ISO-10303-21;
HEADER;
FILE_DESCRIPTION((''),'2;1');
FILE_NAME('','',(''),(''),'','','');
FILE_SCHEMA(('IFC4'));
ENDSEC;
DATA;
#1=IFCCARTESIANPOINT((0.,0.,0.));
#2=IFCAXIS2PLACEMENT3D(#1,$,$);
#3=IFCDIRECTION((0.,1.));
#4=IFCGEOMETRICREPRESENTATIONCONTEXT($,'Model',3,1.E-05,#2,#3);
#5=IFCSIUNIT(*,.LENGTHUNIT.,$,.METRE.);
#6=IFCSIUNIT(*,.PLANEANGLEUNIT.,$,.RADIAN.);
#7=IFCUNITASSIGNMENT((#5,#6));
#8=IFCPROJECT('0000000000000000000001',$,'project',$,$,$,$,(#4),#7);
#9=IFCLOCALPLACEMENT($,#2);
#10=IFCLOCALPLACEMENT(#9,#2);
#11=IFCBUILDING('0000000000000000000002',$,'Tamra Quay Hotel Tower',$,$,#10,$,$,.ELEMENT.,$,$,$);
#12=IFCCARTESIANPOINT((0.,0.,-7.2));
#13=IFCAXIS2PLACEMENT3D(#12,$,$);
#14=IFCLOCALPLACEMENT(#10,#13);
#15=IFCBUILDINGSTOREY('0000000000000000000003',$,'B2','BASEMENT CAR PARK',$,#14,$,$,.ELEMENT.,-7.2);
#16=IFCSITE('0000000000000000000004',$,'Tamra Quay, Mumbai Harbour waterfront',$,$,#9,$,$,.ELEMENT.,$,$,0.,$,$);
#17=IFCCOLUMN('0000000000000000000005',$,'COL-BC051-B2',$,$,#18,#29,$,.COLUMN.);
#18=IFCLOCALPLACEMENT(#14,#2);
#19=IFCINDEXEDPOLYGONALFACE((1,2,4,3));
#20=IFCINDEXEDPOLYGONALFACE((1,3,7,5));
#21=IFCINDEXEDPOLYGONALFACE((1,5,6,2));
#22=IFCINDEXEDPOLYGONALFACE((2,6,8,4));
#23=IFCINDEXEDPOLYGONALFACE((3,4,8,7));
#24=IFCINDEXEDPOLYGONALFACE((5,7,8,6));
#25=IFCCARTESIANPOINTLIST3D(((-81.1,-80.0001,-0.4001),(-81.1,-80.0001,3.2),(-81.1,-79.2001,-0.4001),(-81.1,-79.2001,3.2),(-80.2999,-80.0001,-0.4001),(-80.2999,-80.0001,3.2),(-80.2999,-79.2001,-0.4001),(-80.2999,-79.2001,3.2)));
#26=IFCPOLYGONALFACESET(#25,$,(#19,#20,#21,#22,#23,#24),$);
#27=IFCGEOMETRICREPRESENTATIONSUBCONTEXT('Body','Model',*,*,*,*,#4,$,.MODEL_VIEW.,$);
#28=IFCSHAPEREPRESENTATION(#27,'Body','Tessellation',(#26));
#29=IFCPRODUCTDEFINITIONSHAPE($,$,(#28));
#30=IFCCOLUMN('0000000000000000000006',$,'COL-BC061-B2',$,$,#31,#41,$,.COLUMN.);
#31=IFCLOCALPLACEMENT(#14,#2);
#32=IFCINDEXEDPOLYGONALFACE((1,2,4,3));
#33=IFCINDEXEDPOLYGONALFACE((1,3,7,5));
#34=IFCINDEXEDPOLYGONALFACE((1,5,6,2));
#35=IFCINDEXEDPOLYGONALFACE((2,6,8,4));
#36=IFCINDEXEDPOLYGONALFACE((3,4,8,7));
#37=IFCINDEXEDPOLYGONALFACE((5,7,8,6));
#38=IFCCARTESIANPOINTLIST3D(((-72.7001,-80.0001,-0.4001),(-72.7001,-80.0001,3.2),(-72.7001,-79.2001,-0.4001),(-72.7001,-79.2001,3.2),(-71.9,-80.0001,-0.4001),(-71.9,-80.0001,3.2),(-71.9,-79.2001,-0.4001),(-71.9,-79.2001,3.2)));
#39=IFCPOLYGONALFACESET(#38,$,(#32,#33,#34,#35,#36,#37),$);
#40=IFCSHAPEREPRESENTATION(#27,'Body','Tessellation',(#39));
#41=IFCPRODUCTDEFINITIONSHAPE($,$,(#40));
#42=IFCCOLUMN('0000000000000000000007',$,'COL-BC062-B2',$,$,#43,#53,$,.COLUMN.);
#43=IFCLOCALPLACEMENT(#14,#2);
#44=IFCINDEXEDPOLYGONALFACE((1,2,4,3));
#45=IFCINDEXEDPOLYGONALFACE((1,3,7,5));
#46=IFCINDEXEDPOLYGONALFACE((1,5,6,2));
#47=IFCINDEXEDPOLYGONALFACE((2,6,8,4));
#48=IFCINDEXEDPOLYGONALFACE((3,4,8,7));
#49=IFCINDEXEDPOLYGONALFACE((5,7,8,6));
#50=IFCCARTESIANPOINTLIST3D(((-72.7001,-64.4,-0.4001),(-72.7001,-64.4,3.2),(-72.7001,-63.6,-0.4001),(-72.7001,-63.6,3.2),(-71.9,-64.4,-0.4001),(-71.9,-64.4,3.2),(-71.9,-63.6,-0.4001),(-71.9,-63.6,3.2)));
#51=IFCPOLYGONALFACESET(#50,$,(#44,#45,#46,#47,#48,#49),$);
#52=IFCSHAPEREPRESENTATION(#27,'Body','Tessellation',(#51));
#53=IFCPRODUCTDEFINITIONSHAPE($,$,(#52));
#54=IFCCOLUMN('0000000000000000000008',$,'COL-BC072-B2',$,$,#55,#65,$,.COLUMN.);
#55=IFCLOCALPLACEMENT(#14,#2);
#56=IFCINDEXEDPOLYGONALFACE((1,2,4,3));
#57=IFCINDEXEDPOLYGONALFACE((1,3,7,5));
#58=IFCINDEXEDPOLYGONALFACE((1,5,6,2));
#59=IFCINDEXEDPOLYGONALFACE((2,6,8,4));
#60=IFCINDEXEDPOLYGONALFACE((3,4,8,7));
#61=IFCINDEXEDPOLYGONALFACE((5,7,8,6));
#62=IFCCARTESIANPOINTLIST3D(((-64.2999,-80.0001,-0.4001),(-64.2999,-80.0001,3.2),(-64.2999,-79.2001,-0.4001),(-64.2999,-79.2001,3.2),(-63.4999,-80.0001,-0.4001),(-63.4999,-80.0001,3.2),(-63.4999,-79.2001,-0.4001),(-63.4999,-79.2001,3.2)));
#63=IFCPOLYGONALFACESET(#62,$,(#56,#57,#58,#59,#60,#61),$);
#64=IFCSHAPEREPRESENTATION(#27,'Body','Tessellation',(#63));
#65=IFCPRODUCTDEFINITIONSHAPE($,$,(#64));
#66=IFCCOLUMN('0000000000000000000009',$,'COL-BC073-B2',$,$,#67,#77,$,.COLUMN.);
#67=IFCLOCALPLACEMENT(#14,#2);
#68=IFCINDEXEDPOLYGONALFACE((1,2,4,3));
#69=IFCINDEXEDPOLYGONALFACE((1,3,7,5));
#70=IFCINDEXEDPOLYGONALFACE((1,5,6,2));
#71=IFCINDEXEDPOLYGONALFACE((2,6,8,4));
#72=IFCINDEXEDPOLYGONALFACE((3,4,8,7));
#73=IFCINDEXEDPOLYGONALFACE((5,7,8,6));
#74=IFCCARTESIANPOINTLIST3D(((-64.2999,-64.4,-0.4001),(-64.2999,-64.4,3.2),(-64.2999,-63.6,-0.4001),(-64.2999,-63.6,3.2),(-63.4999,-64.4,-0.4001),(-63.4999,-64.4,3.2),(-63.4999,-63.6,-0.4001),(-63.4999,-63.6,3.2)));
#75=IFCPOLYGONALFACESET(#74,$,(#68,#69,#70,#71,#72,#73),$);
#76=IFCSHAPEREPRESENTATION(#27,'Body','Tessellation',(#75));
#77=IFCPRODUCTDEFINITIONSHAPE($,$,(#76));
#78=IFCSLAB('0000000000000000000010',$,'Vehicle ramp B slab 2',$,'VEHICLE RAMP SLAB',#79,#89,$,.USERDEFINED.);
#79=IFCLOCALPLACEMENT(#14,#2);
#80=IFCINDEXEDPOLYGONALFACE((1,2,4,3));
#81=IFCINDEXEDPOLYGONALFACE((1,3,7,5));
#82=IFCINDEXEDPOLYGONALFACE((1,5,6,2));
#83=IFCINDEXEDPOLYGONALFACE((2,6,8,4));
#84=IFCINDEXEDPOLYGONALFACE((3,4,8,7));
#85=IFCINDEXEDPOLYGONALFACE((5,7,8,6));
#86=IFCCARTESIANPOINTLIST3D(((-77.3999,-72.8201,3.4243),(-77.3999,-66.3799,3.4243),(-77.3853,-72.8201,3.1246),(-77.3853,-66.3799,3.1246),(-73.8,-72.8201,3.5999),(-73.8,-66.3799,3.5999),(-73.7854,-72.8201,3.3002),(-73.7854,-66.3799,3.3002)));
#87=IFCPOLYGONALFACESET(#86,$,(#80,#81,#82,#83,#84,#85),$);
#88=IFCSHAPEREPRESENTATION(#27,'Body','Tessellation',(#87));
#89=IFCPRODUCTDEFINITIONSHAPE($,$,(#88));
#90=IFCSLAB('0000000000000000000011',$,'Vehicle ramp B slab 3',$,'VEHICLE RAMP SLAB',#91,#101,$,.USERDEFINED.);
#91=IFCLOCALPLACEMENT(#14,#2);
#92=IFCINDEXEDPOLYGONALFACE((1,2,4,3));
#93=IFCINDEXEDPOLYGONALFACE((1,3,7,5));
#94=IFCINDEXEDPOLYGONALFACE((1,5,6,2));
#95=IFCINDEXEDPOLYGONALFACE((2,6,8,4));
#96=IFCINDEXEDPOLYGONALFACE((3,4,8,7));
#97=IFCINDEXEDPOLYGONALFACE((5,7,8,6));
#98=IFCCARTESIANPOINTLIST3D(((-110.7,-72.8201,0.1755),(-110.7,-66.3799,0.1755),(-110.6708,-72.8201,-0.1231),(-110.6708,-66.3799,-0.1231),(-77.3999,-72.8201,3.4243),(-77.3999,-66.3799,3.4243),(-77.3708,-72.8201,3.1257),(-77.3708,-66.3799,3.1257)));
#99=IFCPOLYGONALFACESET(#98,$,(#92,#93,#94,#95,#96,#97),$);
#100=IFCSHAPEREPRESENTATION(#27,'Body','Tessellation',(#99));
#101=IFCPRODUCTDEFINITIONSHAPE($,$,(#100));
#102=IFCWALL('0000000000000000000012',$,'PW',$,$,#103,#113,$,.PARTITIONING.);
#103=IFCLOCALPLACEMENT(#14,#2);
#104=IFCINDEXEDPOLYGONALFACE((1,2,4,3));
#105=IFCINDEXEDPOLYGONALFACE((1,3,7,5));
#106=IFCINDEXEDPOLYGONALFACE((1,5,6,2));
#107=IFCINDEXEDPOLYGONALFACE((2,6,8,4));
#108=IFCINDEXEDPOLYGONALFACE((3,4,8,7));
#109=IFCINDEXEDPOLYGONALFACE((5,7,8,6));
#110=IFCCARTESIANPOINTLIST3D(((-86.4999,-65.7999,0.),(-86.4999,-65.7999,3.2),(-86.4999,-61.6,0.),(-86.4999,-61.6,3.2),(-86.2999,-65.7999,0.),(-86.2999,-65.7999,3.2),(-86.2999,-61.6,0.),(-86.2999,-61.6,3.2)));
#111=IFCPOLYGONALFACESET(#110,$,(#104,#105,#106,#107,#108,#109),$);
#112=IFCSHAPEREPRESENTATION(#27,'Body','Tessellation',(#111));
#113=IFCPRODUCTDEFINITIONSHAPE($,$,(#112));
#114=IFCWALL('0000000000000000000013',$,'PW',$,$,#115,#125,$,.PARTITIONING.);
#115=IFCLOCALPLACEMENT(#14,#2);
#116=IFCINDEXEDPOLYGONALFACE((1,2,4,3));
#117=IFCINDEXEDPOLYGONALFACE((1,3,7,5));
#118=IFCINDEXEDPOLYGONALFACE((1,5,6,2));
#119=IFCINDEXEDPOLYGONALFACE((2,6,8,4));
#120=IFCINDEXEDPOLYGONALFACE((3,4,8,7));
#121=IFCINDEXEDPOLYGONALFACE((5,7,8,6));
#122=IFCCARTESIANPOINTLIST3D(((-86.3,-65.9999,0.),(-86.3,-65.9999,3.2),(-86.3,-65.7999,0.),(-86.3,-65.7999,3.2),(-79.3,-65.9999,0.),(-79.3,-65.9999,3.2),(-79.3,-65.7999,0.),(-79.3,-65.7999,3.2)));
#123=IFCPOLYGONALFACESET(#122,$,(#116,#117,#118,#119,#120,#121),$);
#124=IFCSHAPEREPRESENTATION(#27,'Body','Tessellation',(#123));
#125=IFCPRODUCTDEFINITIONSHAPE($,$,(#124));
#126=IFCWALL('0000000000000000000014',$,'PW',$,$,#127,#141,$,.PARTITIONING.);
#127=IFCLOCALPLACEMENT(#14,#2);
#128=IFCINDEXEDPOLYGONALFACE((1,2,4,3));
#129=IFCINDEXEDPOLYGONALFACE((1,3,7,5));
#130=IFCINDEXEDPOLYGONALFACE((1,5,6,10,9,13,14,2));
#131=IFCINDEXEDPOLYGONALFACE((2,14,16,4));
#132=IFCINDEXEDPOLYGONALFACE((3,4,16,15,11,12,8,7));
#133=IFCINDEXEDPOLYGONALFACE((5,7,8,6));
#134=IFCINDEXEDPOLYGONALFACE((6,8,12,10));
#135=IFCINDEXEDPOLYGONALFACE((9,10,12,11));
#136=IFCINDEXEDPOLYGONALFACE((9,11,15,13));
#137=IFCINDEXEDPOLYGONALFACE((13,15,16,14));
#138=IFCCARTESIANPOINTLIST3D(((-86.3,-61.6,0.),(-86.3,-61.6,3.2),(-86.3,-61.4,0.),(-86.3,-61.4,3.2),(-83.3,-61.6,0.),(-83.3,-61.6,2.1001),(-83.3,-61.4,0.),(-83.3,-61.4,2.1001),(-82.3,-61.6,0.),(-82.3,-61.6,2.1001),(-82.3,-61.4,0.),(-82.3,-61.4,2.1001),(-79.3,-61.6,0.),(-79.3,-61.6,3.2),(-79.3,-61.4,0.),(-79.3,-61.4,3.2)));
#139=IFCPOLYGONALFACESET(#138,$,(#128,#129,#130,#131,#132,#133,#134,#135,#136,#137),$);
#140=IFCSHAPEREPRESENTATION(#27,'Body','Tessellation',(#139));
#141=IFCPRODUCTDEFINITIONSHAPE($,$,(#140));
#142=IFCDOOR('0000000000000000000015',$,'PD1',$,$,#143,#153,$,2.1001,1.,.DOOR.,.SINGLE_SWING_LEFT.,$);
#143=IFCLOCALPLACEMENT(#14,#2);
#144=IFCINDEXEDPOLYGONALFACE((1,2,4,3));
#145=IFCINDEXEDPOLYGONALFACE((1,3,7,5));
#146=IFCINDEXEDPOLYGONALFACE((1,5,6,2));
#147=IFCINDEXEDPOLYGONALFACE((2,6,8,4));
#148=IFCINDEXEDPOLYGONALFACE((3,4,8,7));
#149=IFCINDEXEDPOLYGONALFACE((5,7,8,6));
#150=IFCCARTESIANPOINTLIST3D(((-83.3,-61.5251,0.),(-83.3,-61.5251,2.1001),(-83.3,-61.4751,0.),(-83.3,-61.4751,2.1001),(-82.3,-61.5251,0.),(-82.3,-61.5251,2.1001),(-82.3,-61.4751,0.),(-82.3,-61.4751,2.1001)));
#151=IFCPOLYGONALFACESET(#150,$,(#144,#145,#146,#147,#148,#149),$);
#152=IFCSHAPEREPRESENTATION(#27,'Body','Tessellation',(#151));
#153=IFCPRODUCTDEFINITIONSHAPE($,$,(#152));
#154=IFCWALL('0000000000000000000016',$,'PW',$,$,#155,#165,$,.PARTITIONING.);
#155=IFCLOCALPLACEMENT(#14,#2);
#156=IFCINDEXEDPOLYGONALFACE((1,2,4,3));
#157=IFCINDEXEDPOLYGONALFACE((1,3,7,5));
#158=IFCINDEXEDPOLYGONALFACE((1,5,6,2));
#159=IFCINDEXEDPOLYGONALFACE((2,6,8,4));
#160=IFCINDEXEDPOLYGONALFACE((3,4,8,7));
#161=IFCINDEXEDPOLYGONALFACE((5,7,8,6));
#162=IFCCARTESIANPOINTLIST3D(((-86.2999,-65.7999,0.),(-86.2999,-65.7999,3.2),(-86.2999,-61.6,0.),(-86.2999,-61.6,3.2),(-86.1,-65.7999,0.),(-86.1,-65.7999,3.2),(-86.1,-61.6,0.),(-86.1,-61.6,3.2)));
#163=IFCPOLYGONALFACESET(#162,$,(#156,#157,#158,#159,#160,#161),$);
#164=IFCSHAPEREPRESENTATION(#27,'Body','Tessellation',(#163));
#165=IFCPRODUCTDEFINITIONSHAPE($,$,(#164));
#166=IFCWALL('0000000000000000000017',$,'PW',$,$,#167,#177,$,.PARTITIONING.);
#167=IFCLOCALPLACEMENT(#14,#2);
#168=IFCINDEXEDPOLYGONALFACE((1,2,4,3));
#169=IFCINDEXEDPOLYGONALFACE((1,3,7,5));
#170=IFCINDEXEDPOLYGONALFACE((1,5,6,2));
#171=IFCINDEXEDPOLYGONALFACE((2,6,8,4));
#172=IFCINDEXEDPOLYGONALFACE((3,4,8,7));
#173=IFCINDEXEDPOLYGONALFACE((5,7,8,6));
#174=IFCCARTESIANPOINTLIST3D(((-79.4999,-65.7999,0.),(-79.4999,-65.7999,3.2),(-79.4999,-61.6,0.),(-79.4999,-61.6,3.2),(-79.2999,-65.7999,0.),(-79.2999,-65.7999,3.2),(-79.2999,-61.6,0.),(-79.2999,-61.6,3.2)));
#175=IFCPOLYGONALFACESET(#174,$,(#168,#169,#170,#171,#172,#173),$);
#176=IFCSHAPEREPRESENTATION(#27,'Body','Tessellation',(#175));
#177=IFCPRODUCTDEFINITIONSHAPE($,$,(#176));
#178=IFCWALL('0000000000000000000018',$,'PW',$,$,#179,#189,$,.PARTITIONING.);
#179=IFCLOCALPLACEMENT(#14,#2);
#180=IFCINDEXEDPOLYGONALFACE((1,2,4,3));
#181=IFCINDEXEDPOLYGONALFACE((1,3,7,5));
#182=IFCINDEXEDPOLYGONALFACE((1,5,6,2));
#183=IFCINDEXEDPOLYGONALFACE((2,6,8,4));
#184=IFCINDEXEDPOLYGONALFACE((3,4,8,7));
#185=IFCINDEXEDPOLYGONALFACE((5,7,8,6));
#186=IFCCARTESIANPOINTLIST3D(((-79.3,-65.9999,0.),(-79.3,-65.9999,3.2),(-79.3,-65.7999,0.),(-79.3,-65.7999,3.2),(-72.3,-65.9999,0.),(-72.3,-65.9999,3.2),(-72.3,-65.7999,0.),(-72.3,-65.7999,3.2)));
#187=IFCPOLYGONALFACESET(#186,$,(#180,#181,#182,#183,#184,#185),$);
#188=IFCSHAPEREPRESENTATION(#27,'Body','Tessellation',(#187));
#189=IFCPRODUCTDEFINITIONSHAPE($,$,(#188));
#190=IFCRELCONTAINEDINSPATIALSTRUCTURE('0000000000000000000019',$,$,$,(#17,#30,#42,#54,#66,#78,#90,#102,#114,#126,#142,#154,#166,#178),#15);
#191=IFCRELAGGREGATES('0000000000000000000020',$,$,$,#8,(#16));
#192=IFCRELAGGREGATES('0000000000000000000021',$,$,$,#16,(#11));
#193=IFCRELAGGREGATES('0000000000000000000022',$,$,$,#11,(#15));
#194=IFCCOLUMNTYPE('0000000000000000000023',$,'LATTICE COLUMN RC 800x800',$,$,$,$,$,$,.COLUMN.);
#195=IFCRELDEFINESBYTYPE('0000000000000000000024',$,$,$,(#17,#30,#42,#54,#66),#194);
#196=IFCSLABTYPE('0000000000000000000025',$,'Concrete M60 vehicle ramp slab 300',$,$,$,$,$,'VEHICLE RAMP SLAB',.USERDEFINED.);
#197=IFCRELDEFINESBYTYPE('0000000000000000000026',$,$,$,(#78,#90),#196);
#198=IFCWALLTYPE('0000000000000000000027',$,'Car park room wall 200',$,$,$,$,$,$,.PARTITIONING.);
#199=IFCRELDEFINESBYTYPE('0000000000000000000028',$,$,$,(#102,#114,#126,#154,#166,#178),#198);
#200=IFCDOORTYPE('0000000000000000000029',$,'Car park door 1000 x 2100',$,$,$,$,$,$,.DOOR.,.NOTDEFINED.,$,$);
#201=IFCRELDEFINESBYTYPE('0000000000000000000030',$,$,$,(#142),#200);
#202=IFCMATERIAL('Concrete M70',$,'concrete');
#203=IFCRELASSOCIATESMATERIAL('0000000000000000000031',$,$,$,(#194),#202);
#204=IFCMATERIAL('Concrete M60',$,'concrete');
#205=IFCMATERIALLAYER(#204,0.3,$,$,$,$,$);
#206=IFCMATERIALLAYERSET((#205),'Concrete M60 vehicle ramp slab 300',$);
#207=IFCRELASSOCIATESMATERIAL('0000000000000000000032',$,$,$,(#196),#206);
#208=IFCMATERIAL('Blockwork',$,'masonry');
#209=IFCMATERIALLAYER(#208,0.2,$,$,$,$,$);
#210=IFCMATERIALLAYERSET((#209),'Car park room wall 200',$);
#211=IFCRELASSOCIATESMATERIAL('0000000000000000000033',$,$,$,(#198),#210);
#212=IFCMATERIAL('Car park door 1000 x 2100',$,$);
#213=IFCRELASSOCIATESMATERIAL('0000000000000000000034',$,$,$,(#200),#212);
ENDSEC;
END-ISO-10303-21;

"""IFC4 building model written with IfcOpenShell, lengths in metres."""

from ifc_helpers import new_model, si_unit, direction, frame, frame_2d, origin, origin_2d, place, context, subcontext, project, spatial, polyline, rectangle, outline, extrude, material, layer, layer_set, material_profile, profile_set, type_object, element, fill, save


model = new_model("IFC4")

# Units and contexts
model_context = context("Model", 3, precision=1e-05, world=origin(), true_north=direction((0.0, 1.0)))
body_context = subcontext(model_context, "Body", "Model", "MODEL_VIEW")
ifc_project = project(units=[si_unit("LENGTHUNIT", "METRE"), si_unit("PLANEANGLEUNIT", "RADIAN")], contexts=[model_context])

# Site, building, storey
site_placement = place(None, origin())
site = spatial("IfcSite", under=ifc_project, at=site_placement, Name="Tamra Quay, Mumbai Harbour waterfront", CompositionType="ELEMENT", RefElevation=0.0)
building_placement = place(site_placement, origin())
building = spatial("IfcBuilding", under=site, at=building_placement, Name="Tamra Quay Hotel Tower", CompositionType="ELEMENT")
storey_placement = place(building_placement, frame((0.0, 0.0, -7.2)))
storey = spatial("IfcBuildingStorey", under=building, at=storey_placement, Name="B2", Description="BASEMENT CAR PARK", CompositionType="ELEMENT", Elevation=-7.2)

# Columns
ifc_material_1 = material(Name="Concrete M70", Category="concrete")
ifc_material_profile = material_profile(ifc_material_1, rectangle(XDim=0.8, YDim=0.8, at=origin_2d()), Name="LATTICE COLUMN RC 800x800")
ifc_profile_set = profile_set([ifc_material_profile], Name="Concrete M70")
column_type = type_object("IfcColumnType", Name="LATTICE COLUMN RC 800x800", PredefinedType="COLUMN", material=ifc_profile_set)
for number, where, z_axis, x_axis, name in (
    (1, (-80.7, -79.6001, -0.4001), (0.0, 0.0, 1.0), (1.0, 0.0, 0.0), "COL-BC051-B2"),
    (2, (-72.3, -79.6001, -0.4001), (0.0, 0.0, 1.0), (1.0, 0.0, 0.0), "COL-BC061-B2"),
    (3, (-72.3, -64.0, -0.4001), (0.0, 0.0, 1.0), (1.0, 0.0, 0.0), "COL-BC062-B2"),
    (4, (-63.8999, -79.6001, -0.4001), (0.0, 0.0, 1.0), (1.0, 0.0, 0.0), "COL-BC072-B2"),
    (5, (-63.8999, -64.0, -0.4001), (0.0, 0.0, 1.0), (1.0, 0.0, 0.0), "COL-BC073-B2"),
):
    element("IfcColumn", number, at=place(storey_placement, frame(where, z_axis=z_axis, x_axis=x_axis)), inside=storey, type_object=column_type, Name=name, PredefinedType="COLUMN", context=body_context, shape_type="SweptSolid", body=[
        extrude(rectangle(XDim=0.8, YDim=0.8, at=origin_2d()), origin(), (0.0, 0.0, 1.0), 3.6001),
    ])

# Slabs
ifc_material_2 = material(Name="Concrete M60", Category="concrete")
ifc_layer_1 = layer(ifc_material_2, 0.3)
ifc_layer_set_1 = layer_set([ifc_layer_1], Name="Concrete M60 vehicle ramp slab 300")
slab_type = type_object("IfcSlabType", Name="Concrete M60 vehicle ramp slab 300", ElementType="VEHICLE RAMP SLAB", PredefinedType="USERDEFINED", material=ifc_layer_set_1)
slab_1_placement = place(storey_placement, frame((-73.8, -72.8201, 3.5999), z_axis=(-0.048704, 0.0, 0.998813), x_axis=(-0.998813, 0.0, -0.048704)))
element("IfcSlab", 6, at=slab_1_placement, inside=storey, type_object=slab_type, Name="Vehicle ramp B slab 2", ObjectType="VEHICLE RAMP SLAB", PredefinedType="USERDEFINED", context=body_context, shape_type="SweptSolid", body=[
    extrude(outline(polyline([(0.0, 0.0), (3.6041, 0.0), (3.6041, -6.4402), (0.0, -6.4402), (0.0, 0.0)])), origin(), (0.0, 0.0, -1.0), 0.3),
])
slab_2_placement = place(storey_placement, frame((-77.3999, -72.8201, 3.4243), z_axis=(-0.0971, 0.0, 0.995275), x_axis=(-0.995275, 0.0, -0.0971)))
element("IfcSlab", 7, at=slab_2_placement, inside=storey, type_object=slab_type, Name="Vehicle ramp B slab 3", ObjectType="VEHICLE RAMP SLAB", PredefinedType="USERDEFINED", context=body_context, shape_type="SweptSolid", body=[
    extrude(outline(polyline([(0.0, 0.0), (33.4582, 0.0), (33.4582, -6.4402), (0.0, -6.4402), (0.0, 0.0)])), origin(), (0.0, 0.0, -1.0), 0.3),
])

# Walls
ifc_material_3 = material(Name="Blockwork", Category="masonry")
ifc_layer_2 = layer(ifc_material_3, 0.2)
ifc_layer_set_2 = layer_set([ifc_layer_2], Name="Car park room wall 200")
wall_type_1 = type_object("IfcWallType", Name="Car park room wall 200", PredefinedType="PARTITIONING", material=ifc_layer_set_2)
wall_1_placement = place(storey_placement, frame((-86.3999, -65.8, 0.0), z_axis=(0.0, 0.0, 1.0), x_axis=(0.0, 1.0, 0.0)))
element("IfcWall", 8, at=wall_1_placement, inside=storey, type_object=wall_type_1, Name="PW", PredefinedType="PARTITIONING", context=body_context, shape_type="SweptSolid", body=[
    extrude(rectangle(XDim=4.2, YDim=0.2, at=frame_2d((2.1001, 0.0))), origin(), (0.0, 0.0, 1.0), 3.2),
])
wall_2_placement = place(storey_placement, frame((-86.3, -65.8999, 0.0), z_axis=(0.0, 0.0, 1.0), x_axis=(1.0, 0.0, 0.0)))
element("IfcWall", 9, at=wall_2_placement, inside=storey, type_object=wall_type_1, Name="PW", PredefinedType="PARTITIONING", context=body_context, shape_type="SweptSolid", body=[
    extrude(rectangle(XDim=7.0, YDim=0.2, at=frame_2d((3.5, 0.0))), origin(), (0.0, 0.0, 1.0), 3.2),
])

# Wall, opening, door
wall_3_placement = place(storey_placement, frame((-86.3, -61.5, 0.0), z_axis=(0.0, 0.0, 1.0), x_axis=(1.0, 0.0, 0.0)))
wall_3 = element("IfcWall", 10, at=wall_3_placement, inside=storey, type_object=wall_type_1, Name="PW", PredefinedType="PARTITIONING", context=body_context, shape_type="SweptSolid", body=[
    extrude(rectangle(XDim=7.0, YDim=0.2, at=frame_2d((3.5, 0.0))), origin(), (0.0, 0.0, 1.0), 3.2),
])
opening_1_placement = place(wall_3_placement, frame((3.0, 0.0, 0.0)))
opening_1 = element("IfcOpeningElement", 11, at=opening_1_placement, cuts=wall_3, PredefinedType="OPENING", context=body_context, shape_type="SweptSolid", body=[
    extrude(rectangle(XDim=1.0, YDim=2.1001, at=frame_2d((0.5, 1.05))), frame((0.0, 0.1099, 0.0), z_axis=(0.0, -1.0, 0.0), x_axis=(1.0, 0.0, 0.0)), (0.0, 0.0, 1.0), 0.22),
])
ifc_material_4 = material(Name="Car park door 1000 x 2100")
door_type = type_object("IfcDoorType", Name="Car park door 1000 x 2100", OperationType="NOTDEFINED", PredefinedType="DOOR", material=ifc_material_4)
door_1_placement = place(opening_1_placement, origin())
door_1 = element("IfcDoor", 12, at=door_1_placement, inside=storey, type_object=door_type, Name="PD1", OperationType="SINGLE_SWING_LEFT", OverallHeight=2.1001, OverallWidth=1.0, PredefinedType="DOOR", context=body_context, shape_type="SweptSolid", body=[
    extrude(rectangle(XDim=1.0, YDim=2.1001, at=frame_2d((0.5, 1.05))), frame((0.0, 0.0249, 0.0), z_axis=(0.0, -1.0, 0.0), x_axis=(1.0, 0.0, 0.0)), (0.0, 0.0, 1.0), 0.05),
])
fill(opening_1, door_1)

# Walls
for number, where, z_axis, x_axis, name in (
    (13, (-86.2, -65.8, 0.0), (0.0, 0.0, 1.0), (0.0, 1.0, 0.0), "PW"),
    (14, (-79.3999, -65.8, 0.0), (0.0, 0.0, 1.0), (0.0, 1.0, 0.0), "PW"),
):
    element("IfcWall", number, at=place(storey_placement, frame(where, z_axis=z_axis, x_axis=x_axis)), inside=storey, type_object=wall_type_1, Name=name, PredefinedType="PARTITIONING", context=body_context, shape_type="SweptSolid", body=[
        extrude(rectangle(XDim=4.2, YDim=0.2, at=frame_2d((2.1001, 0.0))), origin(), (0.0, 0.0, 1.0), 3.2),
    ])
wall_4_placement = place(storey_placement, frame((-79.3, -65.8999, 0.0), z_axis=(0.0, 0.0, 1.0), x_axis=(1.0, 0.0, 0.0)))
element("IfcWall", 15, at=wall_4_placement, inside=storey, type_object=wall_type_1, Name="PW", PredefinedType="PARTITIONING", context=body_context, shape_type="SweptSolid", body=[
    extrude(rectangle(XDim=7.0, YDim=0.2, at=frame_2d((3.5, 0.0))), origin(), (0.0, 0.0, 1.0), 3.2),
])

save(model, "model.ifc")
